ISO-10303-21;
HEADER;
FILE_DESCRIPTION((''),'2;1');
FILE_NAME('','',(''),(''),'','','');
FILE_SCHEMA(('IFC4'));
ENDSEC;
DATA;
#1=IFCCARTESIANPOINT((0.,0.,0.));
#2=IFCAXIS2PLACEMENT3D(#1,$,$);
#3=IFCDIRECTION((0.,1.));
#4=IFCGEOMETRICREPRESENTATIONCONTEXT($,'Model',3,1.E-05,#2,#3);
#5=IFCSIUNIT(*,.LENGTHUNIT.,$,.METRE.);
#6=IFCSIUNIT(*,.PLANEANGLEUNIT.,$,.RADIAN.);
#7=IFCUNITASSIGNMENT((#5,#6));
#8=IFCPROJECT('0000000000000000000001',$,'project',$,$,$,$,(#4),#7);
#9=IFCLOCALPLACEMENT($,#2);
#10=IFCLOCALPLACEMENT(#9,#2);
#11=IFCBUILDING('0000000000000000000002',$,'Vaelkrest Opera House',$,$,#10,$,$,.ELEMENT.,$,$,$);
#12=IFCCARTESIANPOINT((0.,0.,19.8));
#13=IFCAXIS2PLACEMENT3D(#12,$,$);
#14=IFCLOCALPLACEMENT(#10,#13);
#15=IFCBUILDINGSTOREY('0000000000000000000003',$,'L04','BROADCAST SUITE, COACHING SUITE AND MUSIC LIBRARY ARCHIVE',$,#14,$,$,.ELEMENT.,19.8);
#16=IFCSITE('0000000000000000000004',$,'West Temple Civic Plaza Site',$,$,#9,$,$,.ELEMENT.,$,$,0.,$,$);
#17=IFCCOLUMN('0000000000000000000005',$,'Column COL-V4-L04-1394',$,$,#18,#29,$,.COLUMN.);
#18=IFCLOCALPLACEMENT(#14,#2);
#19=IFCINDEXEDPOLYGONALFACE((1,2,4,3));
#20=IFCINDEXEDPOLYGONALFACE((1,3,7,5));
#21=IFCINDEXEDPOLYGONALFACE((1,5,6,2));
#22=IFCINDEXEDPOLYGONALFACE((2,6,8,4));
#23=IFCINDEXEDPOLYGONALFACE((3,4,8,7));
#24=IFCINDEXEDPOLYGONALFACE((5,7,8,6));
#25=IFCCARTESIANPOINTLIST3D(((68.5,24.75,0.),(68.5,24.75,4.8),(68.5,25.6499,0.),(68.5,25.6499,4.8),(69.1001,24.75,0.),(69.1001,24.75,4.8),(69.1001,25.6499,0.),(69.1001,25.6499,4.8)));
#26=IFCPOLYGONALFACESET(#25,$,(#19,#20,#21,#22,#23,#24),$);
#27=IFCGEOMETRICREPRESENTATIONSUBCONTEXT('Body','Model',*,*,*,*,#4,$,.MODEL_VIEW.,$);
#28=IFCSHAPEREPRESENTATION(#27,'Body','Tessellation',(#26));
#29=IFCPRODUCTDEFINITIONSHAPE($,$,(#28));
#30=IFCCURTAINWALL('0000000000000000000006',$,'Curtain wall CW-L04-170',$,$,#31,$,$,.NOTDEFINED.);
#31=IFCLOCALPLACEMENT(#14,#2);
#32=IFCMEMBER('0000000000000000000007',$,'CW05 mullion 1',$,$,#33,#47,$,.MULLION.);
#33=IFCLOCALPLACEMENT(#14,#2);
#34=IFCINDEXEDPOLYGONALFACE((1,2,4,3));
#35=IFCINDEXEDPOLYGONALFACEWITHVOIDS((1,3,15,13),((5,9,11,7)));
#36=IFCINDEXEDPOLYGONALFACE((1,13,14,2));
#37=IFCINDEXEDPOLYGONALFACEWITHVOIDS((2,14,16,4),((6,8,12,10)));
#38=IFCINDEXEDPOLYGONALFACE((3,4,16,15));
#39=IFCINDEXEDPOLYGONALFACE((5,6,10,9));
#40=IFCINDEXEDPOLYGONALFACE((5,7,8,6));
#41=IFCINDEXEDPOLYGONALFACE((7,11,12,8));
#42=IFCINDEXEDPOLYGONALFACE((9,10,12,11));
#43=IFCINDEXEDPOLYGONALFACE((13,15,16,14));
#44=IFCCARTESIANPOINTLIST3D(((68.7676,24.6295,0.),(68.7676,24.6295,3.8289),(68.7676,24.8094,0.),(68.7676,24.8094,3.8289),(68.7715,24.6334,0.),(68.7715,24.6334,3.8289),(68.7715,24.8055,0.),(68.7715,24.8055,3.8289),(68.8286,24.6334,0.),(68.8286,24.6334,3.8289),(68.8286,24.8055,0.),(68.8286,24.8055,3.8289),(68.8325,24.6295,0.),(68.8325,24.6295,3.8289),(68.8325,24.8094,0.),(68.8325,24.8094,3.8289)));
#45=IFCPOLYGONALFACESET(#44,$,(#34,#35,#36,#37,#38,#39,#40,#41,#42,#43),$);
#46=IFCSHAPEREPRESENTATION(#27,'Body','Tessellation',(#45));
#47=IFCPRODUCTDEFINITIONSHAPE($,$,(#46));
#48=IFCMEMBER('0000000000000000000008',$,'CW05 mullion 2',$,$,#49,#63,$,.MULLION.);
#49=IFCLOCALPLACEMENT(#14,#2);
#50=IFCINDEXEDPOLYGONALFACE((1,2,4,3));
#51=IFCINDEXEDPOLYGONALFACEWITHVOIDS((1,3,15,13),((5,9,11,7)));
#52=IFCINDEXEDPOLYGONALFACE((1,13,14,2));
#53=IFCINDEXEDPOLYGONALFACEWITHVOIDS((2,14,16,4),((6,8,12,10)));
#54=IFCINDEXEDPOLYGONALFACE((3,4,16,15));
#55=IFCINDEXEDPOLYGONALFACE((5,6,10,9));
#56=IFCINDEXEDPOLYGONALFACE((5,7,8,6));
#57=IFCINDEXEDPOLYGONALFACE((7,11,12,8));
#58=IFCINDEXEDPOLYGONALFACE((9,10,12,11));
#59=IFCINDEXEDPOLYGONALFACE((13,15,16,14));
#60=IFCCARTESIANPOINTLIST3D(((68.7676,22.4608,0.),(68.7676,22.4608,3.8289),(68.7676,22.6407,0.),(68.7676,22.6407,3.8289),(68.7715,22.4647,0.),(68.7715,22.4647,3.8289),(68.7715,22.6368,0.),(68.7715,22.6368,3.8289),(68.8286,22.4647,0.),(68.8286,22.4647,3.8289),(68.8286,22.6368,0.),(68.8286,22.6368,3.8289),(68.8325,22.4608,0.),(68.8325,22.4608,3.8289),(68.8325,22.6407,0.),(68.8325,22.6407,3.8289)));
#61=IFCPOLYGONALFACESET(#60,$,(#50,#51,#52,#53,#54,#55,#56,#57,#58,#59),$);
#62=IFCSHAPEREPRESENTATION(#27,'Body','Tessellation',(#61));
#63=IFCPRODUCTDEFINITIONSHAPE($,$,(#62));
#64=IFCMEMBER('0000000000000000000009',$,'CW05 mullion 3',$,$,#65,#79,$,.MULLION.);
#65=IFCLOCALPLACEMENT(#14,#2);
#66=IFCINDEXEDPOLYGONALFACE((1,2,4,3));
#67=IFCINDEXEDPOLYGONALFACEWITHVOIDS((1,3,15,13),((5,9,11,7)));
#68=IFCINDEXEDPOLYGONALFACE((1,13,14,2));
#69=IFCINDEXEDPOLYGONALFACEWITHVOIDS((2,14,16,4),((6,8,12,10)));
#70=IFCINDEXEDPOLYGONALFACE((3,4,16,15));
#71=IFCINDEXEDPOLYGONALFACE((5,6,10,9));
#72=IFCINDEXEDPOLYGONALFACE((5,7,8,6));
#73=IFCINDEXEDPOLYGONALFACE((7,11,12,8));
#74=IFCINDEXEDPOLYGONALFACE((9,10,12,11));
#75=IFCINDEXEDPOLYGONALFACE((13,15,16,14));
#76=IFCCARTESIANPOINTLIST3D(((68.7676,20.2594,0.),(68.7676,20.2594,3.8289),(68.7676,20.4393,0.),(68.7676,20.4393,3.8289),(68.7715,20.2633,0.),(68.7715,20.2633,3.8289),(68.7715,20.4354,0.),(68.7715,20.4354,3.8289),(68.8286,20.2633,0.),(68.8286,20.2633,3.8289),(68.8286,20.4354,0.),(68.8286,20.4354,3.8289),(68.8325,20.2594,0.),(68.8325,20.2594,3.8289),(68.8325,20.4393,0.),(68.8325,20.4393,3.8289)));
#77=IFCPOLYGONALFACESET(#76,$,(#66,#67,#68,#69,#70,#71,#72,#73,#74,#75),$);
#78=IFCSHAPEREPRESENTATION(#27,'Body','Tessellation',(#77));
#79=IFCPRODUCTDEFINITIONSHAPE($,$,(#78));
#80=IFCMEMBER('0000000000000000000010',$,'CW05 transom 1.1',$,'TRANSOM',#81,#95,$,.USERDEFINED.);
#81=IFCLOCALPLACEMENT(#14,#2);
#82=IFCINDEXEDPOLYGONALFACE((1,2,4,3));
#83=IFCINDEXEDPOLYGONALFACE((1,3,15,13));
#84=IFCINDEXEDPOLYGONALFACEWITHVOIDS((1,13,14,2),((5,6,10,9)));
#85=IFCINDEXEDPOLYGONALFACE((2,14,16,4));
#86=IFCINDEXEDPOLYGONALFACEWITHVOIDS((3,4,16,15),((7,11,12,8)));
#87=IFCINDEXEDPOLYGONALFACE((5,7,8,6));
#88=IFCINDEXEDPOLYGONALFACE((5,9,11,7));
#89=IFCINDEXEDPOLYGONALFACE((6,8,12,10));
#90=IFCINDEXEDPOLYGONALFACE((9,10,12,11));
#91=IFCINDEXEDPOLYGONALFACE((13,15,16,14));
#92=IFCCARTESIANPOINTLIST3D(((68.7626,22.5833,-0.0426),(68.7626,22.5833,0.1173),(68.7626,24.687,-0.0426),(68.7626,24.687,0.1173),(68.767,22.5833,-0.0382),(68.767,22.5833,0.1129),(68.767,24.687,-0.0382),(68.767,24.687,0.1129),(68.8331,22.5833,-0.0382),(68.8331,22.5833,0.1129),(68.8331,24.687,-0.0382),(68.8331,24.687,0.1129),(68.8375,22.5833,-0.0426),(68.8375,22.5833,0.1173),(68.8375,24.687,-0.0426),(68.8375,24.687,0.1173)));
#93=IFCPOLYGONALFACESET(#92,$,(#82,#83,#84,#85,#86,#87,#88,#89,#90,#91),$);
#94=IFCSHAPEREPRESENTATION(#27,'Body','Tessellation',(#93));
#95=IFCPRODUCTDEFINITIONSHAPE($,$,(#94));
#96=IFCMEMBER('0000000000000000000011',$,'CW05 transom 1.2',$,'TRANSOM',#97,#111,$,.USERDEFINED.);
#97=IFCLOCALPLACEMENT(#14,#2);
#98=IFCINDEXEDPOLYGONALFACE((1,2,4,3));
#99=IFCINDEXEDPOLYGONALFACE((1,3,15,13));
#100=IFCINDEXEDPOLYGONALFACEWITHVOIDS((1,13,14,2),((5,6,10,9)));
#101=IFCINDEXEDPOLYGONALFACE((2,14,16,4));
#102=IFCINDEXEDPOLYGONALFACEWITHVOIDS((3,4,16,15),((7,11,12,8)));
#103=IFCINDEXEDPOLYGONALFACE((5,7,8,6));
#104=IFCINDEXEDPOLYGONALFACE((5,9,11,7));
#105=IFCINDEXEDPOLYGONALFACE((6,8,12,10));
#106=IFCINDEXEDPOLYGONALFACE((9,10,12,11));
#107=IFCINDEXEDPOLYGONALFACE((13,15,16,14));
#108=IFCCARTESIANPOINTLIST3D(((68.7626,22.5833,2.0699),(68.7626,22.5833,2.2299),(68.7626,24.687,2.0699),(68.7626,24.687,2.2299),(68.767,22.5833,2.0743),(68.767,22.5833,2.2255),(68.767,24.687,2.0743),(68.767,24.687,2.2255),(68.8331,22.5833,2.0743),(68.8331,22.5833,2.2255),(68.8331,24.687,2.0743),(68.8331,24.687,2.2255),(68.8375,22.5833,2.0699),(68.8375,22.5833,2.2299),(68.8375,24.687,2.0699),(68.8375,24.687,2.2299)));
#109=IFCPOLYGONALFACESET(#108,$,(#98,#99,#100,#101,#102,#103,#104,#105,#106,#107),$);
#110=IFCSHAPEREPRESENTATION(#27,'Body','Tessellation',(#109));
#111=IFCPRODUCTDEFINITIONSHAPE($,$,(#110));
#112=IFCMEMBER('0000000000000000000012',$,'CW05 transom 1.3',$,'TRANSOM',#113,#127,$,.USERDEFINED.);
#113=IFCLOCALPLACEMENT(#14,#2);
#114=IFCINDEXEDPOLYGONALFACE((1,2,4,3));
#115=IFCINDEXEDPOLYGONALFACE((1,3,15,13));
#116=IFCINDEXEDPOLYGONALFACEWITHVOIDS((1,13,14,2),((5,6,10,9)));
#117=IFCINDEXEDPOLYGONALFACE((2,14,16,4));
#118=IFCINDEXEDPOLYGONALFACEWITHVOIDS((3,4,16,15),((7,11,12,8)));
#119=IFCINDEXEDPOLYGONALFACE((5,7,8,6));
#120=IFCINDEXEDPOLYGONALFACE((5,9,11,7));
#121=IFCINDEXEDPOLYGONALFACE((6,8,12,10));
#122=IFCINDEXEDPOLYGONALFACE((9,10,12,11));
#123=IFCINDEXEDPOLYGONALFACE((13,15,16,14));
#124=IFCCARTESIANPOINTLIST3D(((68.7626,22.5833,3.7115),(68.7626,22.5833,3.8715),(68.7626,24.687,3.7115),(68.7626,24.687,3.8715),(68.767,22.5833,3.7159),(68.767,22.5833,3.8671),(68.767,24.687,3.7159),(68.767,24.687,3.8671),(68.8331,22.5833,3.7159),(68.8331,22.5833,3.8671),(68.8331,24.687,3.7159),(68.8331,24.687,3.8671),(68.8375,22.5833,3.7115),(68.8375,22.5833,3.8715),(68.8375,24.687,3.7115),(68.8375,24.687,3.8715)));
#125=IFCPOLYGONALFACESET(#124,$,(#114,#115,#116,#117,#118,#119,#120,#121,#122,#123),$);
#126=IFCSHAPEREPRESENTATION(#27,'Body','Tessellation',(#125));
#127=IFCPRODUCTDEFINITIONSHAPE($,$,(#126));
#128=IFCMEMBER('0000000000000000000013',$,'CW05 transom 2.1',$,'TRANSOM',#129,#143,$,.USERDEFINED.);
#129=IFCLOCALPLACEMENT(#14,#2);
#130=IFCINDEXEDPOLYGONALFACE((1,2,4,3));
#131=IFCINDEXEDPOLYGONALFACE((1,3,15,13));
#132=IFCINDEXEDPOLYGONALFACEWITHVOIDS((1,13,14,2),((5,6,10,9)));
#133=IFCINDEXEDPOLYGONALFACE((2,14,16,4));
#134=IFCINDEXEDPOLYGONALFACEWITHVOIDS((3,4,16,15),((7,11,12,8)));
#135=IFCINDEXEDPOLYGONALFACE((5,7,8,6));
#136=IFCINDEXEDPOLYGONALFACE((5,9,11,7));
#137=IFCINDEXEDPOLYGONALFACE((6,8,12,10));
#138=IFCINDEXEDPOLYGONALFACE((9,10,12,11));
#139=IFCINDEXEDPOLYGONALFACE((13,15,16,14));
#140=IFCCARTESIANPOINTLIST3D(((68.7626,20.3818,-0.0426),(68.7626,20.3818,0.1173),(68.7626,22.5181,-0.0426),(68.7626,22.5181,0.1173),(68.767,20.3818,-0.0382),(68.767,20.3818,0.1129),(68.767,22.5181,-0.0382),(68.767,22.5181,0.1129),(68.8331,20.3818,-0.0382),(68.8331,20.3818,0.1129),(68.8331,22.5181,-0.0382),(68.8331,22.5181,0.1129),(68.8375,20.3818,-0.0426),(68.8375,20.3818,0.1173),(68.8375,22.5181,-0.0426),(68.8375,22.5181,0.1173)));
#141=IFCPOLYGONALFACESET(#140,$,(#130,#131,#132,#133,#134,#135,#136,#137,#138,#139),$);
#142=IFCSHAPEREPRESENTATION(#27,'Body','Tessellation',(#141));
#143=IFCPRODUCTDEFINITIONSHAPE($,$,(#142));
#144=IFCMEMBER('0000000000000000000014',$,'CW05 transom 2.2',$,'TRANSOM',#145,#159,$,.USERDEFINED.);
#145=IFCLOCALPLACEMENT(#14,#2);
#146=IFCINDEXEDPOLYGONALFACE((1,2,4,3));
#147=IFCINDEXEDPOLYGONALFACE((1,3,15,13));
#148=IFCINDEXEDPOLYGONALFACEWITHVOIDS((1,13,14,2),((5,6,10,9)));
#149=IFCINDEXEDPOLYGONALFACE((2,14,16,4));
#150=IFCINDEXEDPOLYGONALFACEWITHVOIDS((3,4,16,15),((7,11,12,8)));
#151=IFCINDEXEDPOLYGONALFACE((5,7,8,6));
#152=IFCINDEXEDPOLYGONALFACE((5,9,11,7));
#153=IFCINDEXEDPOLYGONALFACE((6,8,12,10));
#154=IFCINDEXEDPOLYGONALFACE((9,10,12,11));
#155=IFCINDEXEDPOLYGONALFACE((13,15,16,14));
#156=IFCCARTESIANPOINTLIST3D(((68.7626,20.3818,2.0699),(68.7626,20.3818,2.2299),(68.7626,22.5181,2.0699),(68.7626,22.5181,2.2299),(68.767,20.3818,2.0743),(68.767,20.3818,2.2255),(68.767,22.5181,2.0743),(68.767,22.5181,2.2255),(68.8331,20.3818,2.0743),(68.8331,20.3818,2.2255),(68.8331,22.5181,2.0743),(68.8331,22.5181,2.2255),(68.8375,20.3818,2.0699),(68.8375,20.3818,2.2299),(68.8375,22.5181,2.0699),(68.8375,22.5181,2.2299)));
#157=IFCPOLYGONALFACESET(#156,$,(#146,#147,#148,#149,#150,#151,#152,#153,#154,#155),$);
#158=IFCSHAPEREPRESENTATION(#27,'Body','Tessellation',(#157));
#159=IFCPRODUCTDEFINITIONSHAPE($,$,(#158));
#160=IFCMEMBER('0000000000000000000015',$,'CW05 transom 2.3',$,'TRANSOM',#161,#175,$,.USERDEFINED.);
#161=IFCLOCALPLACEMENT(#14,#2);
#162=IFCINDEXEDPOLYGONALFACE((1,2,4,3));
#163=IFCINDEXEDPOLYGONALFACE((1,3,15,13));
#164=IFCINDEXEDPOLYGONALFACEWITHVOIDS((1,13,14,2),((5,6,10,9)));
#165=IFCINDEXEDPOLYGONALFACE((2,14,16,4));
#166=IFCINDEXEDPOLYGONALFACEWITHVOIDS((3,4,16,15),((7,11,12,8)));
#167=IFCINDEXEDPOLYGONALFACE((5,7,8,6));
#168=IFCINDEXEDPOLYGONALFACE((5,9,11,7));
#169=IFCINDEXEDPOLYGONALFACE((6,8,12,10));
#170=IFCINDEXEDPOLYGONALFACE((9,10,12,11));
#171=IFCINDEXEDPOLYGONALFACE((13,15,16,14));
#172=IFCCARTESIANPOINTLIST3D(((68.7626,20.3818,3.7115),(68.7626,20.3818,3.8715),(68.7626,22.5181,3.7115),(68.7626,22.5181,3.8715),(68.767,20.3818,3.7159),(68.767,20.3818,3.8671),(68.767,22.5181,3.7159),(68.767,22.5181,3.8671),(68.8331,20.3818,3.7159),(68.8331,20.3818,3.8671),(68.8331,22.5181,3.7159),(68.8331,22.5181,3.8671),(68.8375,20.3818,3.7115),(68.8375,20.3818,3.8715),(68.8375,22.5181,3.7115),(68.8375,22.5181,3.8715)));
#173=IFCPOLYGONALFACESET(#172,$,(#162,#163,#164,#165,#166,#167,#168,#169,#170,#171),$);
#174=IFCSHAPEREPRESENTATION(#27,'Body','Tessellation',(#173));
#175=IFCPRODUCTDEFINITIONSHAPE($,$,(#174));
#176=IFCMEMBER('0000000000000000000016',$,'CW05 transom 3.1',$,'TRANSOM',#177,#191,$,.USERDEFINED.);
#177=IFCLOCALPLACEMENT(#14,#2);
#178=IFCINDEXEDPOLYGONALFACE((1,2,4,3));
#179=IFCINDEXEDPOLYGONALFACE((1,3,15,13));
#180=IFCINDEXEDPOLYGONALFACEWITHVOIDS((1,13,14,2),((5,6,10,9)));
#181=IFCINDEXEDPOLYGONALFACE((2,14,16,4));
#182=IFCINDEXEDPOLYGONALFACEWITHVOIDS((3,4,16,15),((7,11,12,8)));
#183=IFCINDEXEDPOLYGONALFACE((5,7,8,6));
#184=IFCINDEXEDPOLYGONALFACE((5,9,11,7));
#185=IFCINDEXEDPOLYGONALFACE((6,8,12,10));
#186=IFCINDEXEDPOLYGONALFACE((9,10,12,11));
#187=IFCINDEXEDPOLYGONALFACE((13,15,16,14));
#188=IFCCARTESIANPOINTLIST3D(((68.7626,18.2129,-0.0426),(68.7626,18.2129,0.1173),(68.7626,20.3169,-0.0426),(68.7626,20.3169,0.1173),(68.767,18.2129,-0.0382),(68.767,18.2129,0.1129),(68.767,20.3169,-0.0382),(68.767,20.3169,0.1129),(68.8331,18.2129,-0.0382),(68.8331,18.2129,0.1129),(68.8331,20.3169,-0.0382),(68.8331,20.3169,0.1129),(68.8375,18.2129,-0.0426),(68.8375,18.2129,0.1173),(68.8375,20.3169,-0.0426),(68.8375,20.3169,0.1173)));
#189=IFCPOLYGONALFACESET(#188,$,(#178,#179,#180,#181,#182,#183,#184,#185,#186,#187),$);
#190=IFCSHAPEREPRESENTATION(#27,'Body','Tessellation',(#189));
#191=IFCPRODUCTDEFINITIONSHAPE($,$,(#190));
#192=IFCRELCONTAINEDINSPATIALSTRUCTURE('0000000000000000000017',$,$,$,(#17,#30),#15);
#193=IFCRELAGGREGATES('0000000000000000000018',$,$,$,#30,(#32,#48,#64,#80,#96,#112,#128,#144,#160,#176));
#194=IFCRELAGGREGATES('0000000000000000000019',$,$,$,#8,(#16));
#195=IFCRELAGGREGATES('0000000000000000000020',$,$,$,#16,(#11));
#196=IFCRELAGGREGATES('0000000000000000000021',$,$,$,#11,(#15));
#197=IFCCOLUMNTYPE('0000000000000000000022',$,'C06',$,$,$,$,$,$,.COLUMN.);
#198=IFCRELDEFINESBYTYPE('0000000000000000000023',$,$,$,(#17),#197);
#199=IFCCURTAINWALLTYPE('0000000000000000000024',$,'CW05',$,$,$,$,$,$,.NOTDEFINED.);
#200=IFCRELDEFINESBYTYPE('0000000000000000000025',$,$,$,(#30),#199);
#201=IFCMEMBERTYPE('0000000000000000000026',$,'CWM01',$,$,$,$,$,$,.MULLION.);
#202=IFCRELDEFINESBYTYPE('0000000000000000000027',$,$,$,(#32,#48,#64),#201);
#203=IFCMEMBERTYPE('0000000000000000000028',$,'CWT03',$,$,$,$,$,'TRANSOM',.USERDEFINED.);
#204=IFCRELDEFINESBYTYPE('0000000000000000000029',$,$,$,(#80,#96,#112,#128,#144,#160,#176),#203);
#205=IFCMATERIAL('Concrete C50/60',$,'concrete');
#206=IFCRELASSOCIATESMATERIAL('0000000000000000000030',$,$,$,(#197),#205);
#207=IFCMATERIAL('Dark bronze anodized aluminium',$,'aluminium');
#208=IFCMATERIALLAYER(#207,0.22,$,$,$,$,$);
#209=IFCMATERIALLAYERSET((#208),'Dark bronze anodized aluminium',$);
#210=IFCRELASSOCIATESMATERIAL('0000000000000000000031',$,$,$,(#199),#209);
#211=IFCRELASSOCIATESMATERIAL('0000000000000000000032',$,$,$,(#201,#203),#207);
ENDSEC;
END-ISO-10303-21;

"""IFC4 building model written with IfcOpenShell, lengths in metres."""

from ifc_helpers import new_model, si_unit, direction, frame, origin, origin_2d, place, context, subcontext, project, spatial, rectangle, hollow_rectangle, extrude, material, layer, layer_set, material_profile, profile_set, type_object, element, aggregate, save


model = new_model("IFC4")

# Units and contexts
model_context = context("Model", 3, precision=1e-05, world=origin(), true_north=direction((0.0, 1.0)))
body_context = subcontext(model_context, "Body", "Model", "MODEL_VIEW")
ifc_project = project(units=[si_unit("LENGTHUNIT", "METRE"), si_unit("PLANEANGLEUNIT", "RADIAN")], contexts=[model_context])

# Site, building, storey
site_placement = place(None, origin())
site = spatial("IfcSite", under=ifc_project, at=site_placement, Name="West Temple Civic Plaza Site", CompositionType="ELEMENT", RefElevation=0.0)
building_placement = place(site_placement, origin())
building = spatial("IfcBuilding", under=site, at=building_placement, Name="Vaelkrest Opera House", CompositionType="ELEMENT")
storey_placement = place(building_placement, frame((0.0, 0.0, 19.8)))
storey = spatial("IfcBuildingStorey", under=building, at=storey_placement, Name="L04", Description="BROADCAST SUITE, COACHING SUITE AND MUSIC LIBRARY ARCHIVE", CompositionType="ELEMENT", Elevation=19.8)

# Column
ifc_material_1 = material(Name="Concrete C50/60", Category="concrete")
ifc_material_profile_1 = material_profile(ifc_material_1, rectangle(XDim=0.6001, YDim=0.8999, at=origin_2d()), Name="RC600X900")
ifc_profile_set_1 = profile_set([ifc_material_profile_1], Name="Concrete C50/60")
column_type = type_object("IfcColumnType", Name="C06", PredefinedType="COLUMN", material=ifc_profile_set_1)
column_placement = place(storey_placement, frame((68.8, 25.2, 0.0), z_axis=(0.0, 0.0, 1.0), x_axis=(1.0, 0.0, 0.0)))
element("IfcColumn", 1, at=column_placement, inside=storey, type_object=column_type, Name="Column COL-V4-L04-1394", PredefinedType="COLUMN", context=body_context, shape_type="SweptSolid", body=[
    extrude(rectangle(XDim=0.6001, YDim=0.8999, at=origin_2d()), origin(), (0.0, 0.0, 1.0), 4.8),
])

# Curtain wall, members
ifc_material_2 = material(Name="Dark bronze anodized aluminium", Category="aluminium")
ifc_layer_1 = layer(ifc_material_2, 0.22)
ifc_layer_set_1 = layer_set([ifc_layer_1], Name="Dark bronze anodized aluminium")
curtain_wall_type = type_object("IfcCurtainWallType", Name="CW05", PredefinedType="NOTDEFINED", material=ifc_layer_set_1)
curtain_wall_placement = place(storey_placement, origin())
curtain_wall = element("IfcCurtainWall", 2, at=curtain_wall_placement, inside=storey, type_object=curtain_wall_type, Name="Curtain wall CW-L04-170", PredefinedType="NOTDEFINED")
ifc_material_profile_2 = material_profile(ifc_material_2, hollow_rectangle(XDim=0.0649, YDim=0.1799, WallThickness=0.0039, at=origin_2d()), Name="CWM65X180")
ifc_profile_set_2 = profile_set([ifc_material_profile_2], Name="Dark bronze anodized aluminium")
member_type_1 = type_object("IfcMemberType", Name="CWM01", PredefinedType="MULLION", material=ifc_profile_set_2)
member_1_placement = place(storey_placement, frame((68.8, 24.7195, 0.0), z_axis=(0.0, 0.0, 1.0), x_axis=(1.0, 0.0, 0.0)))
member_1 = element("IfcMember", 3, at=member_1_placement, type_object=member_type_1, Name="CW05 mullion 1", PredefinedType="MULLION", context=body_context, shape_type="SweptSolid", body=[
    extrude(hollow_rectangle(XDim=0.0649, YDim=0.1799, WallThickness=0.0039, at=origin_2d()), origin(), (0.0, 0.0, 1.0), 3.8289),
])
member_2_placement = place(storey_placement, frame((68.8, 22.5508, 0.0), z_axis=(0.0, 0.0, 1.0), x_axis=(1.0, 0.0, 0.0)))
member_2 = element("IfcMember", 4, at=member_2_placement, type_object=member_type_1, Name="CW05 mullion 2", PredefinedType="MULLION", context=body_context, shape_type="SweptSolid", body=[
    extrude(hollow_rectangle(XDim=0.0649, YDim=0.1799, WallThickness=0.0039, at=origin_2d()), origin(), (0.0, 0.0, 1.0), 3.8289),
])
member_3_placement = place(storey_placement, frame((68.8, 20.3494, 0.0), z_axis=(0.0, 0.0, 1.0), x_axis=(1.0, 0.0, 0.0)))
member_3 = element("IfcMember", 5, at=member_3_placement, type_object=member_type_1, Name="CW05 mullion 3", PredefinedType="MULLION", context=body_context, shape_type="SweptSolid", body=[
    extrude(hollow_rectangle(XDim=0.0649, YDim=0.1799, WallThickness=0.0039, at=origin_2d()), origin(), (0.0, 0.0, 1.0), 3.8289),
])
ifc_material_profile_3 = material_profile(ifc_material_2, hollow_rectangle(XDim=0.075, YDim=0.1599, WallThickness=0.0044, at=origin_2d()), Name="CWT75X160")
ifc_profile_set_3 = profile_set([ifc_material_profile_3], Name="Dark bronze anodized aluminium")
member_type_2 = type_object("IfcMemberType", Name="CWT03", ElementType="TRANSOM", PredefinedType="USERDEFINED", material=ifc_profile_set_3)
member_4_placement = place(storey_placement, frame((68.8, 24.687, 0.0374), z_axis=(0.0, -1.0, 0.0), x_axis=(1.0, 0.0, 0.0)))
member_4 = element("IfcMember", 6, at=member_4_placement, type_object=member_type_2, Name="CW05 transom 1.1", ObjectType="TRANSOM", PredefinedType="USERDEFINED", context=body_context, shape_type="SweptSolid", body=[
    extrude(hollow_rectangle(XDim=0.075, YDim=0.1599, WallThickness=0.0044, at=origin_2d()), origin(), (0.0, 0.0, 1.0), 2.1038),
])
member_5_placement = place(storey_placement, frame((68.8, 24.687, 2.1499), z_axis=(0.0, -1.0, 0.0), x_axis=(1.0, 0.0, 0.0)))
member_5 = element("IfcMember", 7, at=member_5_placement, type_object=member_type_2, Name="CW05 transom 1.2", ObjectType="TRANSOM", PredefinedType="USERDEFINED", context=body_context, shape_type="SweptSolid", body=[
    extrude(hollow_rectangle(XDim=0.075, YDim=0.1599, WallThickness=0.0044, at=origin_2d()), origin(), (0.0, 0.0, 1.0), 2.1038),
])
member_6_placement = place(storey_placement, frame((68.8, 24.687, 3.7915), z_axis=(0.0, -1.0, 0.0), x_axis=(1.0, 0.0, 0.0)))
member_6 = element("IfcMember", 8, at=member_6_placement, type_object=member_type_2, Name="CW05 transom 1.3", ObjectType="TRANSOM", PredefinedType="USERDEFINED", context=body_context, shape_type="SweptSolid", body=[
    extrude(hollow_rectangle(XDim=0.075, YDim=0.1599, WallThickness=0.0044, at=origin_2d()), origin(), (0.0, 0.0, 1.0), 2.1038),
])
member_7_placement = place(storey_placement, frame((68.8, 22.5181, 0.0374), z_axis=(0.0, -1.0, 0.0), x_axis=(1.0, 0.0, 0.0)))
member_7 = element("IfcMember", 9, at=member_7_placement, type_object=member_type_2, Name="CW05 transom 2.1", ObjectType="TRANSOM", PredefinedType="USERDEFINED", context=body_context, shape_type="SweptSolid", body=[
    extrude(hollow_rectangle(XDim=0.075, YDim=0.1599, WallThickness=0.0044, at=origin_2d()), origin(), (0.0, 0.0, 1.0), 2.1362),
])
member_8_placement = place(storey_placement, frame((68.8, 22.5181, 2.1499), z_axis=(0.0, -1.0, 0.0), x_axis=(1.0, 0.0, 0.0)))
member_8 = element("IfcMember", 10, at=member_8_placement, type_object=member_type_2, Name="CW05 transom 2.2", ObjectType="TRANSOM", PredefinedType="USERDEFINED", context=body_context, shape_type="SweptSolid", body=[
    extrude(hollow_rectangle(XDim=0.075, YDim=0.1599, WallThickness=0.0044, at=origin_2d()), origin(), (0.0, 0.0, 1.0), 2.1362),
])
member_9_placement = place(storey_placement, frame((68.8, 22.5181, 3.7915), z_axis=(0.0, -1.0, 0.0), x_axis=(1.0, 0.0, 0.0)))
member_9 = element("IfcMember", 11, at=member_9_placement, type_object=member_type_2, Name="CW05 transom 2.3", ObjectType="TRANSOM", PredefinedType="USERDEFINED", context=body_context, shape_type="SweptSolid", body=[
    extrude(hollow_rectangle(XDim=0.075, YDim=0.1599, WallThickness=0.0044, at=origin_2d()), origin(), (0.0, 0.0, 1.0), 2.1362),
])
member_10_placement = place(storey_placement, frame((68.8, 20.3169, 0.0374), z_axis=(0.0, -1.0, 0.0), x_axis=(1.0, 0.0, 0.0)))
member_10 = element("IfcMember", 12, at=member_10_placement, type_object=member_type_2, Name="CW05 transom 3.1", ObjectType="TRANSOM", PredefinedType="USERDEFINED", context=body_context, shape_type="SweptSolid", body=[
    extrude(hollow_rectangle(XDim=0.075, YDim=0.1599, WallThickness=0.0044, at=origin_2d()), origin(), (0.0, 0.0, 1.0), 2.104),
])
aggregate(curtain_wall, [member_1, member_2, member_3, member_4, member_5, member_6, member_7, member_8, member_9, member_10])

save(model, "model.ifc")
